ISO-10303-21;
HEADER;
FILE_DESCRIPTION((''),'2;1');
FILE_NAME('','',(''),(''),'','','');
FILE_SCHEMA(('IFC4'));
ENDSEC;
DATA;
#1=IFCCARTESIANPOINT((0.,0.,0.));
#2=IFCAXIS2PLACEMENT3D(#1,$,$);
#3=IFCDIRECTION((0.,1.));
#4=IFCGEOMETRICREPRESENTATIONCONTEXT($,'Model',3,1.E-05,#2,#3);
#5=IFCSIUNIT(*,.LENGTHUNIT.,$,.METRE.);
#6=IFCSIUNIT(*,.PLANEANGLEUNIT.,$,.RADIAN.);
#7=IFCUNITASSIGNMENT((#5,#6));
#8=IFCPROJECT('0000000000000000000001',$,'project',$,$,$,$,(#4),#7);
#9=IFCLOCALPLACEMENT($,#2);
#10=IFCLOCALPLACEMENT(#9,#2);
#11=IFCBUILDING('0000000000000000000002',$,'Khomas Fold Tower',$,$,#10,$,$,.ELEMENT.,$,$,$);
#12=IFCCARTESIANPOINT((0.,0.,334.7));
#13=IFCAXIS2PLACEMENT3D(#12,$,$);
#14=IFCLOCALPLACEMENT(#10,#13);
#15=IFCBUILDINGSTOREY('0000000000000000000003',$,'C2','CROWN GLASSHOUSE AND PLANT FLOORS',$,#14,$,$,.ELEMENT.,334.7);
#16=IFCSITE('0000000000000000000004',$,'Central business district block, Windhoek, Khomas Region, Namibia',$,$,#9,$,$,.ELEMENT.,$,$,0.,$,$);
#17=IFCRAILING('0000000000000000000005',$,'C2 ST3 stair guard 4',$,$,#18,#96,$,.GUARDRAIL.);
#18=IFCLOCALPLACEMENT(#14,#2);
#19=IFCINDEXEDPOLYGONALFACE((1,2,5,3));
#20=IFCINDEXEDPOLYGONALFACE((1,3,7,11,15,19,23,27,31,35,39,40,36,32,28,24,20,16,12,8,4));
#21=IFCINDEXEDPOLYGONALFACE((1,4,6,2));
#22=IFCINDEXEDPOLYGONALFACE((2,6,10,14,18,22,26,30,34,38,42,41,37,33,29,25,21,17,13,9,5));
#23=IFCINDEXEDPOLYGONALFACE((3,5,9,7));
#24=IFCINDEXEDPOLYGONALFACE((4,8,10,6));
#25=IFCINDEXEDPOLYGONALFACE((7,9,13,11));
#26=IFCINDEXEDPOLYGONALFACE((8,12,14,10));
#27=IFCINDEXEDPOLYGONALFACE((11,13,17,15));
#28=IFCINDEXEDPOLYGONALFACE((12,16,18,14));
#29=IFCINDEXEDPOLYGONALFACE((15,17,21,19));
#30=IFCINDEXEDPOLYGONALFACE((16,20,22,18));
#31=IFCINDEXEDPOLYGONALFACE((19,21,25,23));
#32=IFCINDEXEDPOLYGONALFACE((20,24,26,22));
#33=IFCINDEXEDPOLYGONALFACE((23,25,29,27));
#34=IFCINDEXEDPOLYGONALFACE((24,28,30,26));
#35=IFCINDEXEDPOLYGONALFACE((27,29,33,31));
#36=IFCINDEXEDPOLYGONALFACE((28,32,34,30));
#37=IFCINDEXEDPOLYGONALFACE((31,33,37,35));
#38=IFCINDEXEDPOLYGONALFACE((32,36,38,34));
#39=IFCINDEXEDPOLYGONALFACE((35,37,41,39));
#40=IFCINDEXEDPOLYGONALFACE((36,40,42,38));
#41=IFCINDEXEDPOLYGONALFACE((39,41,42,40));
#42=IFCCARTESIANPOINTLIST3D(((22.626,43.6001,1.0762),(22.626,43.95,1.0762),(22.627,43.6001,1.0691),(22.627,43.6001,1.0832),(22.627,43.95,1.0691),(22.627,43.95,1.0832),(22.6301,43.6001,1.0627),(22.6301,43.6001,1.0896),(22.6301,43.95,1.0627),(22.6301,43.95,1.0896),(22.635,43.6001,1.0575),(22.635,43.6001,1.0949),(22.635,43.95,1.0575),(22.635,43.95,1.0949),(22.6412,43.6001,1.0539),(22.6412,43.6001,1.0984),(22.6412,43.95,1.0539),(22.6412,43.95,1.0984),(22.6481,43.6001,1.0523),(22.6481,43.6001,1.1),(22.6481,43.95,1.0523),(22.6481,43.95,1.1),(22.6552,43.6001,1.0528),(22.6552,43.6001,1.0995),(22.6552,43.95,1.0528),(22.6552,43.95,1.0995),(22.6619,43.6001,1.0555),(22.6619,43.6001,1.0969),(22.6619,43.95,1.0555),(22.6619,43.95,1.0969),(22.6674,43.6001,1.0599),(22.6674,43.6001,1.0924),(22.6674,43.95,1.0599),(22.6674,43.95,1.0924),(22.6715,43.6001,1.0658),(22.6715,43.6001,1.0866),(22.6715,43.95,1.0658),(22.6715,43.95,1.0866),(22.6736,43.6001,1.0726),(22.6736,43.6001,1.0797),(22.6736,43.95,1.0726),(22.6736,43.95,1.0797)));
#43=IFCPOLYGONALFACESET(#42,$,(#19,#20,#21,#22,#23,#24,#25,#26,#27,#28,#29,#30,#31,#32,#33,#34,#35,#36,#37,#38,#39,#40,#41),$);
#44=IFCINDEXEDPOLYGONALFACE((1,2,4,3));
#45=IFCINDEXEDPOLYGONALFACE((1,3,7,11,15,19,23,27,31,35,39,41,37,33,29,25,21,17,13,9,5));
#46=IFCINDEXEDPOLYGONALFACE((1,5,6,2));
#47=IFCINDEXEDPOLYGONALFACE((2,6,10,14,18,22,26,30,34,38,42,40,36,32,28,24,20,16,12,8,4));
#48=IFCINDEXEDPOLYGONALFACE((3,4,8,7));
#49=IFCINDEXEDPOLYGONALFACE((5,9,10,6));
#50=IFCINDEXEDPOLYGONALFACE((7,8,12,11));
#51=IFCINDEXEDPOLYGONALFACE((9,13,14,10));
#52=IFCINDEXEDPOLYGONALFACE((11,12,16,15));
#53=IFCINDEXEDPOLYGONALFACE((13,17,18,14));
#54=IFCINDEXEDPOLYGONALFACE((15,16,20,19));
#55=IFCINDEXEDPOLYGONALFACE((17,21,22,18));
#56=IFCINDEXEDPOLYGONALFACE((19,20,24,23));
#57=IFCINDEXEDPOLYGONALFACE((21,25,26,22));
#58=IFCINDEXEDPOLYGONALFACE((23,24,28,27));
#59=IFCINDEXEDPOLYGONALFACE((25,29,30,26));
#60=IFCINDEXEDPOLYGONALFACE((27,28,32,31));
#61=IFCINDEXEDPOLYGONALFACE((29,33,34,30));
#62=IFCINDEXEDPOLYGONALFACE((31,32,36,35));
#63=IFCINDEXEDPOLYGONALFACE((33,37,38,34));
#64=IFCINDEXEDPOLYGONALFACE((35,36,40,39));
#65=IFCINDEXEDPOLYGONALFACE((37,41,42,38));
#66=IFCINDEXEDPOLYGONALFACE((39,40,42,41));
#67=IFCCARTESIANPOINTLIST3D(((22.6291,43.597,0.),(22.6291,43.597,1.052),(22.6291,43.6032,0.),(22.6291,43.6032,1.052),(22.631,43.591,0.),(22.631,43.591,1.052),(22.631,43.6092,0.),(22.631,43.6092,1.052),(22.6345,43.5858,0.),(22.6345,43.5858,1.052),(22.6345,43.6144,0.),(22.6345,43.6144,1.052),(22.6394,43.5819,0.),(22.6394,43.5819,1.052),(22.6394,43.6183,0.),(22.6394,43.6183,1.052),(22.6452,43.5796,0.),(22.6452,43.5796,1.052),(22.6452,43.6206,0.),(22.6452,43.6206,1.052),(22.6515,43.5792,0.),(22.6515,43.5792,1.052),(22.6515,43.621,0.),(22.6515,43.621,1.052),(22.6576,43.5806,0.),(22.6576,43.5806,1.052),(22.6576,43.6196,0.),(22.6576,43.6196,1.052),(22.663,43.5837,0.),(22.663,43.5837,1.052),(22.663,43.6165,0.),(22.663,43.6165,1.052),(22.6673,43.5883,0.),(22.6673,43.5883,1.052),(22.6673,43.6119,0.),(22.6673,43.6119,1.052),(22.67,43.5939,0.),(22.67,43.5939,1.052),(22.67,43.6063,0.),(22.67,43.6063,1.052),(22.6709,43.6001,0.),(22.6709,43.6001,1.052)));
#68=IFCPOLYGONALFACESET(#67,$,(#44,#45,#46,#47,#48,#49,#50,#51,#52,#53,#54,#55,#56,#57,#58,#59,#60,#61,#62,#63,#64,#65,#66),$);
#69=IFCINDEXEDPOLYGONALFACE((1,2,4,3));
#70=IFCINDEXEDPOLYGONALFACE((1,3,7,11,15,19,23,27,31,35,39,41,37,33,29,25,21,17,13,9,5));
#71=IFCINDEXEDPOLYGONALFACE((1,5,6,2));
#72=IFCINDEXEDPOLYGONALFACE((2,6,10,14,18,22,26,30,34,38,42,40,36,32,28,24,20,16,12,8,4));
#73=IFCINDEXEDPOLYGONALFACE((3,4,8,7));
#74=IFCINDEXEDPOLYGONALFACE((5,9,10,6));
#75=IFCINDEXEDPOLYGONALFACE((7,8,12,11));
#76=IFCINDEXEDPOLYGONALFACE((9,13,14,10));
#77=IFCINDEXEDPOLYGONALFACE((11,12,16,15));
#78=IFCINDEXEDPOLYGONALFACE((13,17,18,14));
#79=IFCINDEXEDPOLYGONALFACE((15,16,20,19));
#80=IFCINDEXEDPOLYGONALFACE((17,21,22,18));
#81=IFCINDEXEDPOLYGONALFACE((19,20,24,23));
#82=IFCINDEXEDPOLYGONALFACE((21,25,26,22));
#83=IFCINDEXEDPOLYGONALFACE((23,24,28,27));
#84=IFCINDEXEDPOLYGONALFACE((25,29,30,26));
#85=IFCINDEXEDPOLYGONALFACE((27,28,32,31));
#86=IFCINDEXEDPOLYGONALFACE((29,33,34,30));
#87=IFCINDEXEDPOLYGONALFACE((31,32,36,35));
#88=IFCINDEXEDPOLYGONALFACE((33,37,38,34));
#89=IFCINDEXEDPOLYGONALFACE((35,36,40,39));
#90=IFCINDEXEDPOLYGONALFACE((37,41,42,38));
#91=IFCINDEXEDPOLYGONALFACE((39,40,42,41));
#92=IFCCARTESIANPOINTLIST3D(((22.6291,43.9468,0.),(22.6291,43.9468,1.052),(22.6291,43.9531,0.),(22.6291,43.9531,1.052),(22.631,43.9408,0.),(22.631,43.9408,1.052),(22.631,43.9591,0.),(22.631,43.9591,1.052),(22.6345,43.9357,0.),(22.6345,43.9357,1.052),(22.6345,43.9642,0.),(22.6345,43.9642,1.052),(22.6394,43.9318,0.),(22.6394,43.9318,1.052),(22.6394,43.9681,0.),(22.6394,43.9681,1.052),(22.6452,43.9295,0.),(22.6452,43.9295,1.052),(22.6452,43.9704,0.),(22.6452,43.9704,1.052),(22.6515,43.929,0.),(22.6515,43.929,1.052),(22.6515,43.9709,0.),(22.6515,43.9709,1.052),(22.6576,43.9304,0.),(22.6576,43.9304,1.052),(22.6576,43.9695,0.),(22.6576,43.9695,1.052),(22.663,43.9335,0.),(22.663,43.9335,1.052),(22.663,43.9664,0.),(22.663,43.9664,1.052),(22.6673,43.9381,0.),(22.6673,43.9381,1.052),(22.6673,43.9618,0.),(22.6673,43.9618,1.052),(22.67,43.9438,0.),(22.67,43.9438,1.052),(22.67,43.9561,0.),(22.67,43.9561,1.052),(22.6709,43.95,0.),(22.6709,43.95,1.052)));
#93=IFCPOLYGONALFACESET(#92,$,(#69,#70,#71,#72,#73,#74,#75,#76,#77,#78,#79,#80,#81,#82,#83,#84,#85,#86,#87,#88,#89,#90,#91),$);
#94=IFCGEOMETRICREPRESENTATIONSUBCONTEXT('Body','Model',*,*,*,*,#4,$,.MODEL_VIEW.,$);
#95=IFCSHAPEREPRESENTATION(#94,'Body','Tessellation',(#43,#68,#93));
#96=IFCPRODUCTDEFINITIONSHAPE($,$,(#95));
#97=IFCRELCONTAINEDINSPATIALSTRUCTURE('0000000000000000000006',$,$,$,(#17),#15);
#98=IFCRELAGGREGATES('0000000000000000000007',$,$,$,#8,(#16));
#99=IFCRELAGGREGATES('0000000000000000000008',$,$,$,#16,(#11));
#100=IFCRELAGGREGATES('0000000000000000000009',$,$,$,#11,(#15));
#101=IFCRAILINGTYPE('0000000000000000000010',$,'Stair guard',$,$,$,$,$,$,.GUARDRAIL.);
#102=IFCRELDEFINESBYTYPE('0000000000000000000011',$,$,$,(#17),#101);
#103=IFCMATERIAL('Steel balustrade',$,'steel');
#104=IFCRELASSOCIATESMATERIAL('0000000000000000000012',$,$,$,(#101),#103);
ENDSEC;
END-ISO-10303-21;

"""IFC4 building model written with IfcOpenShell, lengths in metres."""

from ifc_helpers import new_model, si_unit, direction, frame, origin, origin_2d, place, context, subcontext, project, spatial, circle, extrude, source, transform, mapped, material, type_object, element, save


model = new_model("IFC4")

# Units and contexts
model_context = context("Model", 3, precision=1e-05, world=origin(), true_north=direction((0.0, 1.0)))
body_context = subcontext(model_context, "Body", "Model", "MODEL_VIEW")
ifc_project = project(units=[si_unit("LENGTHUNIT", "METRE"), si_unit("PLANEANGLEUNIT", "RADIAN")], contexts=[model_context])

# Site, building, storey
site_placement = place(None, origin())
site = spatial("IfcSite", under=ifc_project, at=site_placement, Name="Central business district block, Windhoek, Khomas Region, Namibia", CompositionType="ELEMENT", RefElevation=0.0)
building_placement = place(site_placement, origin())
building = spatial("IfcBuilding", under=site, at=building_placement, Name="Khomas Fold Tower", CompositionType="ELEMENT")
storey_placement = place(building_placement, frame((0.0, 0.0, 334.7)))
storey = spatial("IfcBuildingStorey", under=building, at=storey_placement, Name="C2", Description="CROWN GLASSHOUSE AND PLANT FLOORS", CompositionType="ELEMENT", Elevation=334.7)

# Railing
ifc_material_1 = material(Name="Steel balustrade", Category="steel")
railing_type_1 = type_object("IfcRailingType", Name="Stair guard", PredefinedType="GUARDRAIL", material=ifc_material_1)
shared_shape_1 = source(origin(), body_context, "Body", "SweptSolid", [
    extrude(circle(Radius=0.0239, at=origin_2d()), frame((0.0, 0.0, 1.0762), z_axis=(0.0, 1.0, 0.0), x_axis=(-1.0, 0.0, 0.0)), (0.0, 0.0, 1.0), 0.3499),
    extrude(circle(Radius=0.021, at=origin_2d()), origin(), (0.0, 0.0, 1.0), 1.052),
    extrude(circle(Radius=0.021, at=origin_2d()), frame((0.0, 0.3499, 0.0)), (0.0, 0.0, 1.0), 1.052),
])
for number, where, name in (
    (1, (22.6499, 43.6001, 0.0), "C2 ST3 stair guard 4"),
):
    element("IfcRailing", number, at=place(storey_placement, frame(where)), inside=storey, type_object=railing_type_1, Name=name, PredefinedType="GUARDRAIL", context=body_context, shape_type="MappedRepresentation", body=[
        mapped(shared_shape_1, transform((0.0, 0.0, 0.0))),
    ])

save(model, "model.ifc")
